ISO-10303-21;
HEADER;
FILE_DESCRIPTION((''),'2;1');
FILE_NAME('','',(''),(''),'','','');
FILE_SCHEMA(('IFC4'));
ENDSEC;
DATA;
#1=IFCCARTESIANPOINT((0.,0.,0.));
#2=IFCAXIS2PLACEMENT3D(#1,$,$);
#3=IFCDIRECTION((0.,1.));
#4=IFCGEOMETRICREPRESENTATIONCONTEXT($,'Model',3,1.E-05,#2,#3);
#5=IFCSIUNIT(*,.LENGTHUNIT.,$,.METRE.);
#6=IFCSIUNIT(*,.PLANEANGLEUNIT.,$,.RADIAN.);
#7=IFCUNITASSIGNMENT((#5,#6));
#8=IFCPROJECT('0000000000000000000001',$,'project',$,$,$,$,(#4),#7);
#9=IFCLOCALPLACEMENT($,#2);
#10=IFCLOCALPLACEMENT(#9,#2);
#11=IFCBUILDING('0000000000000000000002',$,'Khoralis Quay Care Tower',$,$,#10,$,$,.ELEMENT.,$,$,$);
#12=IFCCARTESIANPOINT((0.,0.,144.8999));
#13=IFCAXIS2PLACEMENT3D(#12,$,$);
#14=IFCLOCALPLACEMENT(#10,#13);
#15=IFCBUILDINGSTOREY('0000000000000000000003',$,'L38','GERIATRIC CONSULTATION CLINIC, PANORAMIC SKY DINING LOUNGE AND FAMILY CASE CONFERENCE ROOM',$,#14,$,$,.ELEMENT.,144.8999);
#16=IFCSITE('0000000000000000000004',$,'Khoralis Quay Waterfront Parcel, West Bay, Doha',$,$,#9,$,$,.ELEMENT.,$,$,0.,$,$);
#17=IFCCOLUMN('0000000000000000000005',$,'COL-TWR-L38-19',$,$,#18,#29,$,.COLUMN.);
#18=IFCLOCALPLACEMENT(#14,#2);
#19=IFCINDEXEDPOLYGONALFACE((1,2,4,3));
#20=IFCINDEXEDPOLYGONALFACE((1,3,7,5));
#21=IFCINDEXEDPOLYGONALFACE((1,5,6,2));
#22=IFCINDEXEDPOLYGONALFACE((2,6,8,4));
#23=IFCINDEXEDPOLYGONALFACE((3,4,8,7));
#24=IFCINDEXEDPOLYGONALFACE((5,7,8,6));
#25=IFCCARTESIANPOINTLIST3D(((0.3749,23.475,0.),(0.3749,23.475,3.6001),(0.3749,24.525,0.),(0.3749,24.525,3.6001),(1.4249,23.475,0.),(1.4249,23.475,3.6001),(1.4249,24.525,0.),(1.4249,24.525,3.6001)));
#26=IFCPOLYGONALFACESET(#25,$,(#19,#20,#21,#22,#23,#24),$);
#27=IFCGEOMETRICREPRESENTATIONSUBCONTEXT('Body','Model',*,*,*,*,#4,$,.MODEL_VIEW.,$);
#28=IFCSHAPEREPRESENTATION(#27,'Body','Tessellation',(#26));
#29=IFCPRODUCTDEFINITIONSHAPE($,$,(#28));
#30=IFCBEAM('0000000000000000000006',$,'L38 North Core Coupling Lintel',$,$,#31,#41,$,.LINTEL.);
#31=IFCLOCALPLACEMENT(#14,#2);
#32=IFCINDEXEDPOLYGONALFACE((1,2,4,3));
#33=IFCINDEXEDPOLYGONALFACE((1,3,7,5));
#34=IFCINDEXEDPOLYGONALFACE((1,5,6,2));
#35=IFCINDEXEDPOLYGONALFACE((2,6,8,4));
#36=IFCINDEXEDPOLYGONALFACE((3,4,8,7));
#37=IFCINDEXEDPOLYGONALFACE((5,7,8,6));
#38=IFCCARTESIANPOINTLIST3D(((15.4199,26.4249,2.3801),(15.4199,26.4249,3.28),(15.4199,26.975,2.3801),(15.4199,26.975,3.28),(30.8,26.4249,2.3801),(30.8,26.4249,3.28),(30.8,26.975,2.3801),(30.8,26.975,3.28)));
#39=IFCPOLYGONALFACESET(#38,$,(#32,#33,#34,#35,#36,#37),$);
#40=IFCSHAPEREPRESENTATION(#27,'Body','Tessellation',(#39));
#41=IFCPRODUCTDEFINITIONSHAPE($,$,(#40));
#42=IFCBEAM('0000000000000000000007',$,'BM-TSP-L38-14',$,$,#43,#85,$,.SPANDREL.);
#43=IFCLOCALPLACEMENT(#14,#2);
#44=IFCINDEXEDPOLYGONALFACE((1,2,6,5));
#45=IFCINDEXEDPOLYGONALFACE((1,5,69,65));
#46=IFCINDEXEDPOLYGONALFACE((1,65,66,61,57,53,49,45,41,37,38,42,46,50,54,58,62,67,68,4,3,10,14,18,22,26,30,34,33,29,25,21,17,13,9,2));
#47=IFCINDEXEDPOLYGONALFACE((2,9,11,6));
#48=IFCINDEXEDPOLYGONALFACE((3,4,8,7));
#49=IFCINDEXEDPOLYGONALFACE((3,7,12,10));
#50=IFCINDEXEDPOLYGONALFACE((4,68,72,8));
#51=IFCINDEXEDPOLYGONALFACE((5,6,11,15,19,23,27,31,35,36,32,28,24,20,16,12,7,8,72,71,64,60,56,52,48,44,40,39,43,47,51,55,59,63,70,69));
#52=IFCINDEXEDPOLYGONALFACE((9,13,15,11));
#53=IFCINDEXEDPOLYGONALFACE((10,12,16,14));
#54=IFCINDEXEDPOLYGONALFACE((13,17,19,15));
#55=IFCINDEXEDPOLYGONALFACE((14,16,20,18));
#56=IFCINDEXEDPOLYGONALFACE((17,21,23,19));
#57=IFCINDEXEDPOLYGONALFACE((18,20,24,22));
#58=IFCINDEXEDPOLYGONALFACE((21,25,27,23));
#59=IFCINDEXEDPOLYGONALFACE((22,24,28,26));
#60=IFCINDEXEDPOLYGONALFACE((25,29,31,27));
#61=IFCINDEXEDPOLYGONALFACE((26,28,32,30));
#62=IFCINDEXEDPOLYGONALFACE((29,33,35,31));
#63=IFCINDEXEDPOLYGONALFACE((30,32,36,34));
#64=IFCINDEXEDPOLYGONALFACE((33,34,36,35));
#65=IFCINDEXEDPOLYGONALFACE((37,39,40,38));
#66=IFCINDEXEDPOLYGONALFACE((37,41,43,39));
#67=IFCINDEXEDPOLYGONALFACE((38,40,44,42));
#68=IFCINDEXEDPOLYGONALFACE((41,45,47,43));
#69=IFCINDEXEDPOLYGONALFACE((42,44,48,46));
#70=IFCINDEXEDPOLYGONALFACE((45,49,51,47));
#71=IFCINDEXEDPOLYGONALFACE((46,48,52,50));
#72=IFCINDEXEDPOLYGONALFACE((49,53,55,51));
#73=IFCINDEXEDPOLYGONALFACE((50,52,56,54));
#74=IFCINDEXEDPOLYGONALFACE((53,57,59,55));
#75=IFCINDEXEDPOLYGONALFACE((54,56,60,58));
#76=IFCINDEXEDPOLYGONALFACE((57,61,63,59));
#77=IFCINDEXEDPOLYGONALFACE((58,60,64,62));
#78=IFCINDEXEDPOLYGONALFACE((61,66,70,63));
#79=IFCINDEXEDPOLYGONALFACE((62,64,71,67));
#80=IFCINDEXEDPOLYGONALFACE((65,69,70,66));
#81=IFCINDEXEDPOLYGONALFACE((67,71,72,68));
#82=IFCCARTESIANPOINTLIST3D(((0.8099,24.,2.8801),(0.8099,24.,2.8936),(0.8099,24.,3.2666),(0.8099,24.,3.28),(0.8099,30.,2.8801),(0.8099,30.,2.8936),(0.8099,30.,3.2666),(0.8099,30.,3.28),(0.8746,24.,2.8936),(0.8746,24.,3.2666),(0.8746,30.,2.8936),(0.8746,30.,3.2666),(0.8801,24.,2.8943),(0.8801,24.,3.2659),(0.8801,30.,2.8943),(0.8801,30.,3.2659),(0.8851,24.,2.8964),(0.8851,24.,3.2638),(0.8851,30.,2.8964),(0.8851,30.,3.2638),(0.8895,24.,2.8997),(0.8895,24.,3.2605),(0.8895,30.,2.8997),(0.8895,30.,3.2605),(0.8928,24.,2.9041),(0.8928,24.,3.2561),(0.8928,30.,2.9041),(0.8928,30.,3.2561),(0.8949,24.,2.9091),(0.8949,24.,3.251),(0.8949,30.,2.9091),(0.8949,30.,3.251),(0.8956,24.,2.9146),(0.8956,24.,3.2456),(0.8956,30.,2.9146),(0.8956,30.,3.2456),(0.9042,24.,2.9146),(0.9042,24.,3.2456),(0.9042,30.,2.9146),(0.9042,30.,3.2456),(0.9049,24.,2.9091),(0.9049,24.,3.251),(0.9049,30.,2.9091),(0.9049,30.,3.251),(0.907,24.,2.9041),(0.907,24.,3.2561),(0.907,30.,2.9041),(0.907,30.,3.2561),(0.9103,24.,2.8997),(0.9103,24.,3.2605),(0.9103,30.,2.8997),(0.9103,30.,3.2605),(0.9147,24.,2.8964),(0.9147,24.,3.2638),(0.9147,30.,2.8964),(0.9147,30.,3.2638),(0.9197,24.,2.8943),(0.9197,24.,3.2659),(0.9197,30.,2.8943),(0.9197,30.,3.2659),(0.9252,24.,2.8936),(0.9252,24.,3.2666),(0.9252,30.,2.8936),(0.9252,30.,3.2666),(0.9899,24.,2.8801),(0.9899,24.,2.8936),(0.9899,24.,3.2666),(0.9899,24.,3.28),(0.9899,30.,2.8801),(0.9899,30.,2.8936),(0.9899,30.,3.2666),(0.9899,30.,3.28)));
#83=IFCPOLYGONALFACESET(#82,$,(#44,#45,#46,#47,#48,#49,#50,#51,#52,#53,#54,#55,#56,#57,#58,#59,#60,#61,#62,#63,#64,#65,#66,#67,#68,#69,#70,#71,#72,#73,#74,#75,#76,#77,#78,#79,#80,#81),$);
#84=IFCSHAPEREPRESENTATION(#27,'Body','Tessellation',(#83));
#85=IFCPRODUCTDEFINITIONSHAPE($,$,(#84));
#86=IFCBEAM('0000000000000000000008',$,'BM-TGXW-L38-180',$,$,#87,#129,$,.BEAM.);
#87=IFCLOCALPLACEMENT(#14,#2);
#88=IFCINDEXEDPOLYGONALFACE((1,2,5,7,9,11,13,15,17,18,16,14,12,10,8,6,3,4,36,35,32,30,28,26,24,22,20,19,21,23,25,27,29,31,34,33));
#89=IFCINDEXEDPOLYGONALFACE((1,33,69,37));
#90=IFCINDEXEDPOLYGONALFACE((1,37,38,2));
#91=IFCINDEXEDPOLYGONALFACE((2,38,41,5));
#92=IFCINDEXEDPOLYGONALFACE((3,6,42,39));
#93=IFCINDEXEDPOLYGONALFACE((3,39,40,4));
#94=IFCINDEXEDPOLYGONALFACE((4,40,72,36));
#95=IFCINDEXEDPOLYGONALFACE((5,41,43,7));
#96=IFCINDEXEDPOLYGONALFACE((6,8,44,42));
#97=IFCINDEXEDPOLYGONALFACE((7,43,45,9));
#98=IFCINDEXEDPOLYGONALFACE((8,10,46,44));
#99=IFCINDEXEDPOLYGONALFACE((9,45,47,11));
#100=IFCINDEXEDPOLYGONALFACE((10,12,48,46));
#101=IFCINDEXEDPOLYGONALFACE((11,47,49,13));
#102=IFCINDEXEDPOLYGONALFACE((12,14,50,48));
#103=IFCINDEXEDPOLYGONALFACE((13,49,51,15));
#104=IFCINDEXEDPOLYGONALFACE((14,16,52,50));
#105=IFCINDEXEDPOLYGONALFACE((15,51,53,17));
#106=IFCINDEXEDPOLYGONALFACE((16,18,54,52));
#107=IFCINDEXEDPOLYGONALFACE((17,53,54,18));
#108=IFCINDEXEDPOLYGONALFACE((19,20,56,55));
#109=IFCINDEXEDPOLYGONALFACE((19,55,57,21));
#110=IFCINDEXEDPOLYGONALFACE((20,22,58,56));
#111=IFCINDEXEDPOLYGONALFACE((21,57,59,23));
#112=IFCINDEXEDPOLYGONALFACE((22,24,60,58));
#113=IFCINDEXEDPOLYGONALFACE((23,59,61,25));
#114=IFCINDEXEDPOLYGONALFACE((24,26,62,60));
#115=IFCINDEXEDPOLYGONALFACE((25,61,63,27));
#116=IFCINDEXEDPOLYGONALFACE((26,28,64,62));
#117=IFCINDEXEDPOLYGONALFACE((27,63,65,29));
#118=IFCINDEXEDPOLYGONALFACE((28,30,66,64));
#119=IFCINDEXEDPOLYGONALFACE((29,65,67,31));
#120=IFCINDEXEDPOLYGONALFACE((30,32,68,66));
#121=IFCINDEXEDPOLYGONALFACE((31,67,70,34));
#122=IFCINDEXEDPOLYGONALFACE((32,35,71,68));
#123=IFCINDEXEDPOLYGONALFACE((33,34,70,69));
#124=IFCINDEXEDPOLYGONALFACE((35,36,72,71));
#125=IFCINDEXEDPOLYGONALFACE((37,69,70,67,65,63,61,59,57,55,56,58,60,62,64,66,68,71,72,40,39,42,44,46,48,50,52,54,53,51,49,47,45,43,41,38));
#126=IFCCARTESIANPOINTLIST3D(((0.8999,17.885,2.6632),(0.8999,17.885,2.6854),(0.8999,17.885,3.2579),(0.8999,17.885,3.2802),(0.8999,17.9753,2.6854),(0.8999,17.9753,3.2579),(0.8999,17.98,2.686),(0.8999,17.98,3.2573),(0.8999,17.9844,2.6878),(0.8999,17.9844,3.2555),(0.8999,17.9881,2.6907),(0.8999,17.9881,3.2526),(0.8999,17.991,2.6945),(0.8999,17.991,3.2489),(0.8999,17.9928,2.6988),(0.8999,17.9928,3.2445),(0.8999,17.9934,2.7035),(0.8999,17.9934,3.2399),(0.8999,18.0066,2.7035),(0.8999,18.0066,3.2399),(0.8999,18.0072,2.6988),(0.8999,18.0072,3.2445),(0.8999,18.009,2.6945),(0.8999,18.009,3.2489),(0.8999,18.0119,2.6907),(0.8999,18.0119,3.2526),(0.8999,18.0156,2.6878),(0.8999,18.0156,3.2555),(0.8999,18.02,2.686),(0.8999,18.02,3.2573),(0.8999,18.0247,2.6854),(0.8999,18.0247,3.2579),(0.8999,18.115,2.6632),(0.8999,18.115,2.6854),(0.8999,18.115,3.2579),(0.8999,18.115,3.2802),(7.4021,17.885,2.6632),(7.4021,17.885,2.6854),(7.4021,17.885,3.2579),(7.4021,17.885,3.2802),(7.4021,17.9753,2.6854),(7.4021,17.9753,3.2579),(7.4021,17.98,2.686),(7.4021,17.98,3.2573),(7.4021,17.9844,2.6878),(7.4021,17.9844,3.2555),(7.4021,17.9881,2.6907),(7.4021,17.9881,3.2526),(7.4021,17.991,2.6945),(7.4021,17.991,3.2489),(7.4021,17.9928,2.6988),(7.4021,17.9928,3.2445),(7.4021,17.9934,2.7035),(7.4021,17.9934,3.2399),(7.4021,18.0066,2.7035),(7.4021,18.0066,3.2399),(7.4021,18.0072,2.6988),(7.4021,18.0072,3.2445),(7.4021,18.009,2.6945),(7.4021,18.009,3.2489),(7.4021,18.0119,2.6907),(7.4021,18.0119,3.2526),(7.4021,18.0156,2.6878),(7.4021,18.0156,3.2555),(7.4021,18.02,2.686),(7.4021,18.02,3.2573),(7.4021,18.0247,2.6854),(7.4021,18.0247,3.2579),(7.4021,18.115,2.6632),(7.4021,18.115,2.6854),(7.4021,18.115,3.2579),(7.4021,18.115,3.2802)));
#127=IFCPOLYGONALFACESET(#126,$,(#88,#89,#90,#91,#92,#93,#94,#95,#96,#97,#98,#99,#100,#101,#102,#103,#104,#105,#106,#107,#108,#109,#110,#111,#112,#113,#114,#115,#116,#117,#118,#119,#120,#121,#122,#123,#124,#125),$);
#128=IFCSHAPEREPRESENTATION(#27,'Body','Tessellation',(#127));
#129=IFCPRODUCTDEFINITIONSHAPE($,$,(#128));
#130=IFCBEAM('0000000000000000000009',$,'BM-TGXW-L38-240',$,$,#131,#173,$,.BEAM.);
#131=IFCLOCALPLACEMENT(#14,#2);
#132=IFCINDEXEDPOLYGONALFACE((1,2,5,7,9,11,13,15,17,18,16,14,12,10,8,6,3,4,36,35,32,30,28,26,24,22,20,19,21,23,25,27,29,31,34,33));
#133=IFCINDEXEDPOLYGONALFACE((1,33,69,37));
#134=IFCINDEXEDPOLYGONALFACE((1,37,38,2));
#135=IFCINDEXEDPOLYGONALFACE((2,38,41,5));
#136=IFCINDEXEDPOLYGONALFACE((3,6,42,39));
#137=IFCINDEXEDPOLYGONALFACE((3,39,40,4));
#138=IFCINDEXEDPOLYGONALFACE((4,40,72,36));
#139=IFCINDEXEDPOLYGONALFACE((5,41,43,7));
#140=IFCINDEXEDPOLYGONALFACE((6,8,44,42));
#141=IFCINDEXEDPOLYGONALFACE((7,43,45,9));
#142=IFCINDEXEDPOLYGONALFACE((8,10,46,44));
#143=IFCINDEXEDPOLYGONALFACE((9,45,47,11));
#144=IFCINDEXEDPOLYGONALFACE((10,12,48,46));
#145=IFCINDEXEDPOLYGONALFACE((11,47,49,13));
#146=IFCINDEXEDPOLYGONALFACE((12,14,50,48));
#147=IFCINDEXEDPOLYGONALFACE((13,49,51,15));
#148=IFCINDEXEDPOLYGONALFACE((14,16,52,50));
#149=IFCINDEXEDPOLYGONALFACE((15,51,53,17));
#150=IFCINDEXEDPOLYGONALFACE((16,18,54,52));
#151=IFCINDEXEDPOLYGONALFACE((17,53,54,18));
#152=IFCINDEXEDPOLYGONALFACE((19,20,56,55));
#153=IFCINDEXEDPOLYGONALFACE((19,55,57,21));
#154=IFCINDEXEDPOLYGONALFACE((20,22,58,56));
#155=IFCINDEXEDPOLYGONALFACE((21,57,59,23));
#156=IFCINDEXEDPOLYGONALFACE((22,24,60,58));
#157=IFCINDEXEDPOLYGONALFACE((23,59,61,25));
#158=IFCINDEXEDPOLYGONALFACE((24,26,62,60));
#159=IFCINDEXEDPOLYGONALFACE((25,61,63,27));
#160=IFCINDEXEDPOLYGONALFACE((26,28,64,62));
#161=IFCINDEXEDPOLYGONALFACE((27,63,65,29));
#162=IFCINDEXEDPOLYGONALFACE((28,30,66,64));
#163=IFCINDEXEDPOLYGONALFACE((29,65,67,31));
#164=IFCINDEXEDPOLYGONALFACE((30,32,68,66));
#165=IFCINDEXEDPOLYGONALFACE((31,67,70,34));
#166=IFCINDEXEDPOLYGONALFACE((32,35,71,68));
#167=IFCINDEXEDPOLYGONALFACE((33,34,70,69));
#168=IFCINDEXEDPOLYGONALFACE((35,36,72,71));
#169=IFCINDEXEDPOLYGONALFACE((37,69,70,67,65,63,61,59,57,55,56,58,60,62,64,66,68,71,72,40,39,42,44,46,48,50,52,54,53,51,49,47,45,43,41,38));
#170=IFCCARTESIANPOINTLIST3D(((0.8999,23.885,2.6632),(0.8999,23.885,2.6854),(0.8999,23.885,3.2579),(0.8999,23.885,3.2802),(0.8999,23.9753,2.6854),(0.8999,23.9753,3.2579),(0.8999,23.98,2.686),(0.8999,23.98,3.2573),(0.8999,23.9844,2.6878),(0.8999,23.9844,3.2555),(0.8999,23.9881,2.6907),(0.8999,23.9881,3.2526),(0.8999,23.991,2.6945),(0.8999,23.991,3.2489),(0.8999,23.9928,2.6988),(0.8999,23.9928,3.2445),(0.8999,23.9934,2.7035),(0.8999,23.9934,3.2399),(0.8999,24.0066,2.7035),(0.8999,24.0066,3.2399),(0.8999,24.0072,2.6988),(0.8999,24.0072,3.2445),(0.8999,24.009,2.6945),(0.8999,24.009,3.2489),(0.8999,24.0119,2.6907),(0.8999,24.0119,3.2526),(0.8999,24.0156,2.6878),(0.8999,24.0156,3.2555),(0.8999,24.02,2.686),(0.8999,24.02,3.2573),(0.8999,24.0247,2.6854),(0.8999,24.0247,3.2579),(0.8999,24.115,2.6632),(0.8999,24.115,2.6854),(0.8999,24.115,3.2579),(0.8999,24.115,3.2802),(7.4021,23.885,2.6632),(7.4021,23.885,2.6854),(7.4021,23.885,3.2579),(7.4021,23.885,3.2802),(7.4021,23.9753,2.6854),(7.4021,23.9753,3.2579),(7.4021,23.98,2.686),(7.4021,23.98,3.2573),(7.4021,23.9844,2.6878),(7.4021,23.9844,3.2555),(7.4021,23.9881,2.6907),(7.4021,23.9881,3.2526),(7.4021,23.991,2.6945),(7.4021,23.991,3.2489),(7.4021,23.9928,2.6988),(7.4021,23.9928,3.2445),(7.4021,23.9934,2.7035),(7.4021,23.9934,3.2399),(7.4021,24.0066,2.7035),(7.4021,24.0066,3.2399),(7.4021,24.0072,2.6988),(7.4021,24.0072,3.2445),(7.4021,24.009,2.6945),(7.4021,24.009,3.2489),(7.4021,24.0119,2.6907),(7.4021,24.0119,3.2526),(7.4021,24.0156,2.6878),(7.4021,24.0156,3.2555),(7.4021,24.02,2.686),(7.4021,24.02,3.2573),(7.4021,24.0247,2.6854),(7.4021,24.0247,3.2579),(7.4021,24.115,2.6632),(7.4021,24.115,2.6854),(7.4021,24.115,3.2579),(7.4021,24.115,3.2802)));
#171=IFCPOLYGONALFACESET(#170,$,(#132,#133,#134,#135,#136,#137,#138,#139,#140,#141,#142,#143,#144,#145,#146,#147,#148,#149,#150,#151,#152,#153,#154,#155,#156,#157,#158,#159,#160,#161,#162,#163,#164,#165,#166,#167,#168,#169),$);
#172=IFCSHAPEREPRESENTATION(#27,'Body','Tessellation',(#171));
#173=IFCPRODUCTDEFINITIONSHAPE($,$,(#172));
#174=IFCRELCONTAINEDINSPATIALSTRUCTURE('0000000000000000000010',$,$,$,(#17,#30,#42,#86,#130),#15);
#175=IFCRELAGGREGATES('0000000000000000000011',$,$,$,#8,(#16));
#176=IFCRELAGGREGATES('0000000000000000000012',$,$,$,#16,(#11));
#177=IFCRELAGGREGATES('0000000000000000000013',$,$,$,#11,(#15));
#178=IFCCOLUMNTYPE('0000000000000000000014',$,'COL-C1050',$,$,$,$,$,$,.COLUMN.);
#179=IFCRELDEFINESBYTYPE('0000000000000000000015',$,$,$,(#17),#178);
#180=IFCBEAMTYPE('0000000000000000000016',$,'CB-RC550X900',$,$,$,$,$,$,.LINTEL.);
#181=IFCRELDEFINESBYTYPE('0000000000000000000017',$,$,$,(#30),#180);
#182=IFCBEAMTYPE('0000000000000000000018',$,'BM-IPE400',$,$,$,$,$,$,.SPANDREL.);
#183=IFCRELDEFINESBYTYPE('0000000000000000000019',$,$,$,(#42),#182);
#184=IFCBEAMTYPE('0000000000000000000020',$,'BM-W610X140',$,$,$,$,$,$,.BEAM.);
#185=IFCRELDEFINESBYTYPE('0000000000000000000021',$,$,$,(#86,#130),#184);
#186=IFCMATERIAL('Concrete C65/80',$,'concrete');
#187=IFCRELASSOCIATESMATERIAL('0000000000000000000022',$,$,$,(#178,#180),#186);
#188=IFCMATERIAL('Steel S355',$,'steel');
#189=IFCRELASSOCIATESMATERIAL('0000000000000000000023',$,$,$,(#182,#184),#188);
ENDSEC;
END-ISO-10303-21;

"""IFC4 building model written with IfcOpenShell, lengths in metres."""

from ifc_helpers import new_model, si_unit, direction, frame, origin, origin_2d, place, context, subcontext, project, spatial, rectangle, i_section, extrude, source, transform, mapped, material, material_profile, profile_set, type_object, element, save


model = new_model("IFC4")

# Units and contexts
model_context = context("Model", 3, precision=1e-05, world=origin(), true_north=direction((0.0, 1.0)))
body_context = subcontext(model_context, "Body", "Model", "MODEL_VIEW")
ifc_project = project(units=[si_unit("LENGTHUNIT", "METRE"), si_unit("PLANEANGLEUNIT", "RADIAN")], contexts=[model_context])

# Site, building, storey
site_placement = place(None, origin())
site = spatial("IfcSite", under=ifc_project, at=site_placement, Name="Khoralis Quay Waterfront Parcel, West Bay, Doha", CompositionType="ELEMENT", RefElevation=0.0)
building_placement = place(site_placement, origin())
building = spatial("IfcBuilding", under=site, at=building_placement, Name="Khoralis Quay Care Tower", CompositionType="ELEMENT")
storey_placement = place(building_placement, frame((0.0, 0.0, 144.8999)))
storey = spatial("IfcBuildingStorey", under=building, at=storey_placement, Name="L38", Description="GERIATRIC CONSULTATION CLINIC, PANORAMIC SKY DINING LOUNGE AND FAMILY CASE CONFERENCE ROOM", CompositionType="ELEMENT", Elevation=144.8999)

# Column
ifc_material_1 = material(Name="Concrete C65/80", Category="concrete")
ifc_material_profile_1 = material_profile(ifc_material_1, rectangle(XDim=1.05, YDim=1.05, at=origin_2d()), Name="Concrete C65/80")
ifc_profile_set_1 = profile_set([ifc_material_profile_1], Name="Concrete C65/80")
column_type = type_object("IfcColumnType", Name="COL-C1050", PredefinedType="COLUMN", material=ifc_profile_set_1)
shared_shape_1 = source(origin(), body_context, "Body", "SweptSolid", [
    extrude(rectangle(XDim=1.05, YDim=1.05, at=origin_2d()), origin(), (0.0, 0.0, 1.0), 3.6001),
])
column_placement = place(storey_placement, frame((0.8999, 24.0, 0.0), z_axis=(0.0, 0.0, 1.0), x_axis=(1.0, 0.0, 0.0)))
element("IfcColumn", 1, at=column_placement, inside=storey, type_object=column_type, Name="COL-TWR-L38-19", PredefinedType="COLUMN", context=body_context, shape_type="MappedRepresentation", body=[
    mapped(shared_shape_1, transform((0.0, 0.0, 0.0), scale=1.0)),
])

# Beams
ifc_material_profile_2 = material_profile(ifc_material_1, rectangle(XDim=0.55, YDim=0.8999, at=origin_2d()), Name="Concrete C65/80")
ifc_profile_set_2 = profile_set([ifc_material_profile_2], Name="Concrete C65/80")
beam_type_1 = type_object("IfcBeamType", Name="CB-RC550X900", PredefinedType="LINTEL", material=ifc_profile_set_2)
shared_shape_2 = source(origin(), body_context, "Body", "SweptSolid", [
    extrude(rectangle(XDim=0.55, YDim=0.8999, at=origin_2d()), origin(), (0.0, 0.0, 1.0), 15.3801),
])
beam_1_placement = place(storey_placement, frame((15.4199, 26.7, 2.8301), z_axis=(1.0, 0.0, 0.0), x_axis=(0.0, 1.0, 0.0)))
element("IfcBeam", 2, at=beam_1_placement, inside=storey, type_object=beam_type_1, Name="L38 North Core Coupling Lintel", PredefinedType="LINTEL", context=body_context, shape_type="MappedRepresentation", body=[
    mapped(shared_shape_2, transform((0.0, 0.0, 0.0), scale=1.0)),
])
ifc_material_2 = material(Name="Steel S355", Category="steel")
ifc_material_profile_3 = material_profile(ifc_material_2, i_section(OverallWidth=0.1799, OverallDepth=0.3999, WebThickness=0.0085, FlangeThickness=0.0134, FilletRadius=0.021, at=origin_2d()), Name="Steel S355")
ifc_profile_set_3 = profile_set([ifc_material_profile_3], Name="Steel S355")
beam_type_2 = type_object("IfcBeamType", Name="BM-IPE400", PredefinedType="SPANDREL", material=ifc_profile_set_3)
shared_shape_3 = source(origin(), body_context, "Body", "SweptSolid", [
    extrude(i_section(OverallWidth=0.1799, OverallDepth=0.3999, WebThickness=0.0085, FlangeThickness=0.0134, FilletRadius=0.021, at=origin_2d()), origin(), (0.0, 0.0, 1.0), 6.0),
])
beam_2_placement = place(storey_placement, frame((0.8999, 24.0, 3.0801), z_axis=(0.0, 1.0, 0.0), x_axis=(-1.0, 0.0, 0.0)))
element("IfcBeam", 3, at=beam_2_placement, inside=storey, type_object=beam_type_2, Name="BM-TSP-L38-14", PredefinedType="SPANDREL", context=body_context, shape_type="MappedRepresentation", body=[
    mapped(shared_shape_3, transform((0.0, 0.0, 0.0), scale=1.0)),
])
ifc_material_profile_4 = material_profile(ifc_material_2, i_section(OverallWidth=0.23, OverallDepth=0.6169, WebThickness=0.0132, FlangeThickness=0.0222, FilletRadius=0.0181, at=origin_2d()), Name="Steel S355")
ifc_profile_set_4 = profile_set([ifc_material_profile_4], Name="Steel S355")
beam_type_3 = type_object("IfcBeamType", Name="BM-W610X140", PredefinedType="BEAM", material=ifc_profile_set_4)
shared_shape_4 = source(origin(), body_context, "Body", "SweptSolid", [
    extrude(i_section(OverallWidth=0.23, OverallDepth=0.6169, WebThickness=0.0132, FlangeThickness=0.0222, FilletRadius=0.0181, at=origin_2d()), origin(), (0.0, 0.0, 1.0), 6.5022),
])
for number, where, z_axis, x_axis, name in (
    (4, (0.8999, 18.0, 2.9717), (1.0, 0.0, 0.0), (0.0, 1.0, 0.0), "BM-TGXW-L38-180"),
    (5, (0.8999, 24.0, 2.9717), (1.0, 0.0, 0.0), (0.0, 1.0, 0.0), "BM-TGXW-L38-240"),
):
    element("IfcBeam", number, at=place(storey_placement, frame(where, z_axis=z_axis, x_axis=x_axis)), inside=storey, type_object=beam_type_3, Name=name, PredefinedType="BEAM", context=body_context, shape_type="MappedRepresentation", body=[
        mapped(shared_shape_4, transform((0.0, 0.0, 0.0), scale=1.0)),
    ])

save(model, "model.ifc")
